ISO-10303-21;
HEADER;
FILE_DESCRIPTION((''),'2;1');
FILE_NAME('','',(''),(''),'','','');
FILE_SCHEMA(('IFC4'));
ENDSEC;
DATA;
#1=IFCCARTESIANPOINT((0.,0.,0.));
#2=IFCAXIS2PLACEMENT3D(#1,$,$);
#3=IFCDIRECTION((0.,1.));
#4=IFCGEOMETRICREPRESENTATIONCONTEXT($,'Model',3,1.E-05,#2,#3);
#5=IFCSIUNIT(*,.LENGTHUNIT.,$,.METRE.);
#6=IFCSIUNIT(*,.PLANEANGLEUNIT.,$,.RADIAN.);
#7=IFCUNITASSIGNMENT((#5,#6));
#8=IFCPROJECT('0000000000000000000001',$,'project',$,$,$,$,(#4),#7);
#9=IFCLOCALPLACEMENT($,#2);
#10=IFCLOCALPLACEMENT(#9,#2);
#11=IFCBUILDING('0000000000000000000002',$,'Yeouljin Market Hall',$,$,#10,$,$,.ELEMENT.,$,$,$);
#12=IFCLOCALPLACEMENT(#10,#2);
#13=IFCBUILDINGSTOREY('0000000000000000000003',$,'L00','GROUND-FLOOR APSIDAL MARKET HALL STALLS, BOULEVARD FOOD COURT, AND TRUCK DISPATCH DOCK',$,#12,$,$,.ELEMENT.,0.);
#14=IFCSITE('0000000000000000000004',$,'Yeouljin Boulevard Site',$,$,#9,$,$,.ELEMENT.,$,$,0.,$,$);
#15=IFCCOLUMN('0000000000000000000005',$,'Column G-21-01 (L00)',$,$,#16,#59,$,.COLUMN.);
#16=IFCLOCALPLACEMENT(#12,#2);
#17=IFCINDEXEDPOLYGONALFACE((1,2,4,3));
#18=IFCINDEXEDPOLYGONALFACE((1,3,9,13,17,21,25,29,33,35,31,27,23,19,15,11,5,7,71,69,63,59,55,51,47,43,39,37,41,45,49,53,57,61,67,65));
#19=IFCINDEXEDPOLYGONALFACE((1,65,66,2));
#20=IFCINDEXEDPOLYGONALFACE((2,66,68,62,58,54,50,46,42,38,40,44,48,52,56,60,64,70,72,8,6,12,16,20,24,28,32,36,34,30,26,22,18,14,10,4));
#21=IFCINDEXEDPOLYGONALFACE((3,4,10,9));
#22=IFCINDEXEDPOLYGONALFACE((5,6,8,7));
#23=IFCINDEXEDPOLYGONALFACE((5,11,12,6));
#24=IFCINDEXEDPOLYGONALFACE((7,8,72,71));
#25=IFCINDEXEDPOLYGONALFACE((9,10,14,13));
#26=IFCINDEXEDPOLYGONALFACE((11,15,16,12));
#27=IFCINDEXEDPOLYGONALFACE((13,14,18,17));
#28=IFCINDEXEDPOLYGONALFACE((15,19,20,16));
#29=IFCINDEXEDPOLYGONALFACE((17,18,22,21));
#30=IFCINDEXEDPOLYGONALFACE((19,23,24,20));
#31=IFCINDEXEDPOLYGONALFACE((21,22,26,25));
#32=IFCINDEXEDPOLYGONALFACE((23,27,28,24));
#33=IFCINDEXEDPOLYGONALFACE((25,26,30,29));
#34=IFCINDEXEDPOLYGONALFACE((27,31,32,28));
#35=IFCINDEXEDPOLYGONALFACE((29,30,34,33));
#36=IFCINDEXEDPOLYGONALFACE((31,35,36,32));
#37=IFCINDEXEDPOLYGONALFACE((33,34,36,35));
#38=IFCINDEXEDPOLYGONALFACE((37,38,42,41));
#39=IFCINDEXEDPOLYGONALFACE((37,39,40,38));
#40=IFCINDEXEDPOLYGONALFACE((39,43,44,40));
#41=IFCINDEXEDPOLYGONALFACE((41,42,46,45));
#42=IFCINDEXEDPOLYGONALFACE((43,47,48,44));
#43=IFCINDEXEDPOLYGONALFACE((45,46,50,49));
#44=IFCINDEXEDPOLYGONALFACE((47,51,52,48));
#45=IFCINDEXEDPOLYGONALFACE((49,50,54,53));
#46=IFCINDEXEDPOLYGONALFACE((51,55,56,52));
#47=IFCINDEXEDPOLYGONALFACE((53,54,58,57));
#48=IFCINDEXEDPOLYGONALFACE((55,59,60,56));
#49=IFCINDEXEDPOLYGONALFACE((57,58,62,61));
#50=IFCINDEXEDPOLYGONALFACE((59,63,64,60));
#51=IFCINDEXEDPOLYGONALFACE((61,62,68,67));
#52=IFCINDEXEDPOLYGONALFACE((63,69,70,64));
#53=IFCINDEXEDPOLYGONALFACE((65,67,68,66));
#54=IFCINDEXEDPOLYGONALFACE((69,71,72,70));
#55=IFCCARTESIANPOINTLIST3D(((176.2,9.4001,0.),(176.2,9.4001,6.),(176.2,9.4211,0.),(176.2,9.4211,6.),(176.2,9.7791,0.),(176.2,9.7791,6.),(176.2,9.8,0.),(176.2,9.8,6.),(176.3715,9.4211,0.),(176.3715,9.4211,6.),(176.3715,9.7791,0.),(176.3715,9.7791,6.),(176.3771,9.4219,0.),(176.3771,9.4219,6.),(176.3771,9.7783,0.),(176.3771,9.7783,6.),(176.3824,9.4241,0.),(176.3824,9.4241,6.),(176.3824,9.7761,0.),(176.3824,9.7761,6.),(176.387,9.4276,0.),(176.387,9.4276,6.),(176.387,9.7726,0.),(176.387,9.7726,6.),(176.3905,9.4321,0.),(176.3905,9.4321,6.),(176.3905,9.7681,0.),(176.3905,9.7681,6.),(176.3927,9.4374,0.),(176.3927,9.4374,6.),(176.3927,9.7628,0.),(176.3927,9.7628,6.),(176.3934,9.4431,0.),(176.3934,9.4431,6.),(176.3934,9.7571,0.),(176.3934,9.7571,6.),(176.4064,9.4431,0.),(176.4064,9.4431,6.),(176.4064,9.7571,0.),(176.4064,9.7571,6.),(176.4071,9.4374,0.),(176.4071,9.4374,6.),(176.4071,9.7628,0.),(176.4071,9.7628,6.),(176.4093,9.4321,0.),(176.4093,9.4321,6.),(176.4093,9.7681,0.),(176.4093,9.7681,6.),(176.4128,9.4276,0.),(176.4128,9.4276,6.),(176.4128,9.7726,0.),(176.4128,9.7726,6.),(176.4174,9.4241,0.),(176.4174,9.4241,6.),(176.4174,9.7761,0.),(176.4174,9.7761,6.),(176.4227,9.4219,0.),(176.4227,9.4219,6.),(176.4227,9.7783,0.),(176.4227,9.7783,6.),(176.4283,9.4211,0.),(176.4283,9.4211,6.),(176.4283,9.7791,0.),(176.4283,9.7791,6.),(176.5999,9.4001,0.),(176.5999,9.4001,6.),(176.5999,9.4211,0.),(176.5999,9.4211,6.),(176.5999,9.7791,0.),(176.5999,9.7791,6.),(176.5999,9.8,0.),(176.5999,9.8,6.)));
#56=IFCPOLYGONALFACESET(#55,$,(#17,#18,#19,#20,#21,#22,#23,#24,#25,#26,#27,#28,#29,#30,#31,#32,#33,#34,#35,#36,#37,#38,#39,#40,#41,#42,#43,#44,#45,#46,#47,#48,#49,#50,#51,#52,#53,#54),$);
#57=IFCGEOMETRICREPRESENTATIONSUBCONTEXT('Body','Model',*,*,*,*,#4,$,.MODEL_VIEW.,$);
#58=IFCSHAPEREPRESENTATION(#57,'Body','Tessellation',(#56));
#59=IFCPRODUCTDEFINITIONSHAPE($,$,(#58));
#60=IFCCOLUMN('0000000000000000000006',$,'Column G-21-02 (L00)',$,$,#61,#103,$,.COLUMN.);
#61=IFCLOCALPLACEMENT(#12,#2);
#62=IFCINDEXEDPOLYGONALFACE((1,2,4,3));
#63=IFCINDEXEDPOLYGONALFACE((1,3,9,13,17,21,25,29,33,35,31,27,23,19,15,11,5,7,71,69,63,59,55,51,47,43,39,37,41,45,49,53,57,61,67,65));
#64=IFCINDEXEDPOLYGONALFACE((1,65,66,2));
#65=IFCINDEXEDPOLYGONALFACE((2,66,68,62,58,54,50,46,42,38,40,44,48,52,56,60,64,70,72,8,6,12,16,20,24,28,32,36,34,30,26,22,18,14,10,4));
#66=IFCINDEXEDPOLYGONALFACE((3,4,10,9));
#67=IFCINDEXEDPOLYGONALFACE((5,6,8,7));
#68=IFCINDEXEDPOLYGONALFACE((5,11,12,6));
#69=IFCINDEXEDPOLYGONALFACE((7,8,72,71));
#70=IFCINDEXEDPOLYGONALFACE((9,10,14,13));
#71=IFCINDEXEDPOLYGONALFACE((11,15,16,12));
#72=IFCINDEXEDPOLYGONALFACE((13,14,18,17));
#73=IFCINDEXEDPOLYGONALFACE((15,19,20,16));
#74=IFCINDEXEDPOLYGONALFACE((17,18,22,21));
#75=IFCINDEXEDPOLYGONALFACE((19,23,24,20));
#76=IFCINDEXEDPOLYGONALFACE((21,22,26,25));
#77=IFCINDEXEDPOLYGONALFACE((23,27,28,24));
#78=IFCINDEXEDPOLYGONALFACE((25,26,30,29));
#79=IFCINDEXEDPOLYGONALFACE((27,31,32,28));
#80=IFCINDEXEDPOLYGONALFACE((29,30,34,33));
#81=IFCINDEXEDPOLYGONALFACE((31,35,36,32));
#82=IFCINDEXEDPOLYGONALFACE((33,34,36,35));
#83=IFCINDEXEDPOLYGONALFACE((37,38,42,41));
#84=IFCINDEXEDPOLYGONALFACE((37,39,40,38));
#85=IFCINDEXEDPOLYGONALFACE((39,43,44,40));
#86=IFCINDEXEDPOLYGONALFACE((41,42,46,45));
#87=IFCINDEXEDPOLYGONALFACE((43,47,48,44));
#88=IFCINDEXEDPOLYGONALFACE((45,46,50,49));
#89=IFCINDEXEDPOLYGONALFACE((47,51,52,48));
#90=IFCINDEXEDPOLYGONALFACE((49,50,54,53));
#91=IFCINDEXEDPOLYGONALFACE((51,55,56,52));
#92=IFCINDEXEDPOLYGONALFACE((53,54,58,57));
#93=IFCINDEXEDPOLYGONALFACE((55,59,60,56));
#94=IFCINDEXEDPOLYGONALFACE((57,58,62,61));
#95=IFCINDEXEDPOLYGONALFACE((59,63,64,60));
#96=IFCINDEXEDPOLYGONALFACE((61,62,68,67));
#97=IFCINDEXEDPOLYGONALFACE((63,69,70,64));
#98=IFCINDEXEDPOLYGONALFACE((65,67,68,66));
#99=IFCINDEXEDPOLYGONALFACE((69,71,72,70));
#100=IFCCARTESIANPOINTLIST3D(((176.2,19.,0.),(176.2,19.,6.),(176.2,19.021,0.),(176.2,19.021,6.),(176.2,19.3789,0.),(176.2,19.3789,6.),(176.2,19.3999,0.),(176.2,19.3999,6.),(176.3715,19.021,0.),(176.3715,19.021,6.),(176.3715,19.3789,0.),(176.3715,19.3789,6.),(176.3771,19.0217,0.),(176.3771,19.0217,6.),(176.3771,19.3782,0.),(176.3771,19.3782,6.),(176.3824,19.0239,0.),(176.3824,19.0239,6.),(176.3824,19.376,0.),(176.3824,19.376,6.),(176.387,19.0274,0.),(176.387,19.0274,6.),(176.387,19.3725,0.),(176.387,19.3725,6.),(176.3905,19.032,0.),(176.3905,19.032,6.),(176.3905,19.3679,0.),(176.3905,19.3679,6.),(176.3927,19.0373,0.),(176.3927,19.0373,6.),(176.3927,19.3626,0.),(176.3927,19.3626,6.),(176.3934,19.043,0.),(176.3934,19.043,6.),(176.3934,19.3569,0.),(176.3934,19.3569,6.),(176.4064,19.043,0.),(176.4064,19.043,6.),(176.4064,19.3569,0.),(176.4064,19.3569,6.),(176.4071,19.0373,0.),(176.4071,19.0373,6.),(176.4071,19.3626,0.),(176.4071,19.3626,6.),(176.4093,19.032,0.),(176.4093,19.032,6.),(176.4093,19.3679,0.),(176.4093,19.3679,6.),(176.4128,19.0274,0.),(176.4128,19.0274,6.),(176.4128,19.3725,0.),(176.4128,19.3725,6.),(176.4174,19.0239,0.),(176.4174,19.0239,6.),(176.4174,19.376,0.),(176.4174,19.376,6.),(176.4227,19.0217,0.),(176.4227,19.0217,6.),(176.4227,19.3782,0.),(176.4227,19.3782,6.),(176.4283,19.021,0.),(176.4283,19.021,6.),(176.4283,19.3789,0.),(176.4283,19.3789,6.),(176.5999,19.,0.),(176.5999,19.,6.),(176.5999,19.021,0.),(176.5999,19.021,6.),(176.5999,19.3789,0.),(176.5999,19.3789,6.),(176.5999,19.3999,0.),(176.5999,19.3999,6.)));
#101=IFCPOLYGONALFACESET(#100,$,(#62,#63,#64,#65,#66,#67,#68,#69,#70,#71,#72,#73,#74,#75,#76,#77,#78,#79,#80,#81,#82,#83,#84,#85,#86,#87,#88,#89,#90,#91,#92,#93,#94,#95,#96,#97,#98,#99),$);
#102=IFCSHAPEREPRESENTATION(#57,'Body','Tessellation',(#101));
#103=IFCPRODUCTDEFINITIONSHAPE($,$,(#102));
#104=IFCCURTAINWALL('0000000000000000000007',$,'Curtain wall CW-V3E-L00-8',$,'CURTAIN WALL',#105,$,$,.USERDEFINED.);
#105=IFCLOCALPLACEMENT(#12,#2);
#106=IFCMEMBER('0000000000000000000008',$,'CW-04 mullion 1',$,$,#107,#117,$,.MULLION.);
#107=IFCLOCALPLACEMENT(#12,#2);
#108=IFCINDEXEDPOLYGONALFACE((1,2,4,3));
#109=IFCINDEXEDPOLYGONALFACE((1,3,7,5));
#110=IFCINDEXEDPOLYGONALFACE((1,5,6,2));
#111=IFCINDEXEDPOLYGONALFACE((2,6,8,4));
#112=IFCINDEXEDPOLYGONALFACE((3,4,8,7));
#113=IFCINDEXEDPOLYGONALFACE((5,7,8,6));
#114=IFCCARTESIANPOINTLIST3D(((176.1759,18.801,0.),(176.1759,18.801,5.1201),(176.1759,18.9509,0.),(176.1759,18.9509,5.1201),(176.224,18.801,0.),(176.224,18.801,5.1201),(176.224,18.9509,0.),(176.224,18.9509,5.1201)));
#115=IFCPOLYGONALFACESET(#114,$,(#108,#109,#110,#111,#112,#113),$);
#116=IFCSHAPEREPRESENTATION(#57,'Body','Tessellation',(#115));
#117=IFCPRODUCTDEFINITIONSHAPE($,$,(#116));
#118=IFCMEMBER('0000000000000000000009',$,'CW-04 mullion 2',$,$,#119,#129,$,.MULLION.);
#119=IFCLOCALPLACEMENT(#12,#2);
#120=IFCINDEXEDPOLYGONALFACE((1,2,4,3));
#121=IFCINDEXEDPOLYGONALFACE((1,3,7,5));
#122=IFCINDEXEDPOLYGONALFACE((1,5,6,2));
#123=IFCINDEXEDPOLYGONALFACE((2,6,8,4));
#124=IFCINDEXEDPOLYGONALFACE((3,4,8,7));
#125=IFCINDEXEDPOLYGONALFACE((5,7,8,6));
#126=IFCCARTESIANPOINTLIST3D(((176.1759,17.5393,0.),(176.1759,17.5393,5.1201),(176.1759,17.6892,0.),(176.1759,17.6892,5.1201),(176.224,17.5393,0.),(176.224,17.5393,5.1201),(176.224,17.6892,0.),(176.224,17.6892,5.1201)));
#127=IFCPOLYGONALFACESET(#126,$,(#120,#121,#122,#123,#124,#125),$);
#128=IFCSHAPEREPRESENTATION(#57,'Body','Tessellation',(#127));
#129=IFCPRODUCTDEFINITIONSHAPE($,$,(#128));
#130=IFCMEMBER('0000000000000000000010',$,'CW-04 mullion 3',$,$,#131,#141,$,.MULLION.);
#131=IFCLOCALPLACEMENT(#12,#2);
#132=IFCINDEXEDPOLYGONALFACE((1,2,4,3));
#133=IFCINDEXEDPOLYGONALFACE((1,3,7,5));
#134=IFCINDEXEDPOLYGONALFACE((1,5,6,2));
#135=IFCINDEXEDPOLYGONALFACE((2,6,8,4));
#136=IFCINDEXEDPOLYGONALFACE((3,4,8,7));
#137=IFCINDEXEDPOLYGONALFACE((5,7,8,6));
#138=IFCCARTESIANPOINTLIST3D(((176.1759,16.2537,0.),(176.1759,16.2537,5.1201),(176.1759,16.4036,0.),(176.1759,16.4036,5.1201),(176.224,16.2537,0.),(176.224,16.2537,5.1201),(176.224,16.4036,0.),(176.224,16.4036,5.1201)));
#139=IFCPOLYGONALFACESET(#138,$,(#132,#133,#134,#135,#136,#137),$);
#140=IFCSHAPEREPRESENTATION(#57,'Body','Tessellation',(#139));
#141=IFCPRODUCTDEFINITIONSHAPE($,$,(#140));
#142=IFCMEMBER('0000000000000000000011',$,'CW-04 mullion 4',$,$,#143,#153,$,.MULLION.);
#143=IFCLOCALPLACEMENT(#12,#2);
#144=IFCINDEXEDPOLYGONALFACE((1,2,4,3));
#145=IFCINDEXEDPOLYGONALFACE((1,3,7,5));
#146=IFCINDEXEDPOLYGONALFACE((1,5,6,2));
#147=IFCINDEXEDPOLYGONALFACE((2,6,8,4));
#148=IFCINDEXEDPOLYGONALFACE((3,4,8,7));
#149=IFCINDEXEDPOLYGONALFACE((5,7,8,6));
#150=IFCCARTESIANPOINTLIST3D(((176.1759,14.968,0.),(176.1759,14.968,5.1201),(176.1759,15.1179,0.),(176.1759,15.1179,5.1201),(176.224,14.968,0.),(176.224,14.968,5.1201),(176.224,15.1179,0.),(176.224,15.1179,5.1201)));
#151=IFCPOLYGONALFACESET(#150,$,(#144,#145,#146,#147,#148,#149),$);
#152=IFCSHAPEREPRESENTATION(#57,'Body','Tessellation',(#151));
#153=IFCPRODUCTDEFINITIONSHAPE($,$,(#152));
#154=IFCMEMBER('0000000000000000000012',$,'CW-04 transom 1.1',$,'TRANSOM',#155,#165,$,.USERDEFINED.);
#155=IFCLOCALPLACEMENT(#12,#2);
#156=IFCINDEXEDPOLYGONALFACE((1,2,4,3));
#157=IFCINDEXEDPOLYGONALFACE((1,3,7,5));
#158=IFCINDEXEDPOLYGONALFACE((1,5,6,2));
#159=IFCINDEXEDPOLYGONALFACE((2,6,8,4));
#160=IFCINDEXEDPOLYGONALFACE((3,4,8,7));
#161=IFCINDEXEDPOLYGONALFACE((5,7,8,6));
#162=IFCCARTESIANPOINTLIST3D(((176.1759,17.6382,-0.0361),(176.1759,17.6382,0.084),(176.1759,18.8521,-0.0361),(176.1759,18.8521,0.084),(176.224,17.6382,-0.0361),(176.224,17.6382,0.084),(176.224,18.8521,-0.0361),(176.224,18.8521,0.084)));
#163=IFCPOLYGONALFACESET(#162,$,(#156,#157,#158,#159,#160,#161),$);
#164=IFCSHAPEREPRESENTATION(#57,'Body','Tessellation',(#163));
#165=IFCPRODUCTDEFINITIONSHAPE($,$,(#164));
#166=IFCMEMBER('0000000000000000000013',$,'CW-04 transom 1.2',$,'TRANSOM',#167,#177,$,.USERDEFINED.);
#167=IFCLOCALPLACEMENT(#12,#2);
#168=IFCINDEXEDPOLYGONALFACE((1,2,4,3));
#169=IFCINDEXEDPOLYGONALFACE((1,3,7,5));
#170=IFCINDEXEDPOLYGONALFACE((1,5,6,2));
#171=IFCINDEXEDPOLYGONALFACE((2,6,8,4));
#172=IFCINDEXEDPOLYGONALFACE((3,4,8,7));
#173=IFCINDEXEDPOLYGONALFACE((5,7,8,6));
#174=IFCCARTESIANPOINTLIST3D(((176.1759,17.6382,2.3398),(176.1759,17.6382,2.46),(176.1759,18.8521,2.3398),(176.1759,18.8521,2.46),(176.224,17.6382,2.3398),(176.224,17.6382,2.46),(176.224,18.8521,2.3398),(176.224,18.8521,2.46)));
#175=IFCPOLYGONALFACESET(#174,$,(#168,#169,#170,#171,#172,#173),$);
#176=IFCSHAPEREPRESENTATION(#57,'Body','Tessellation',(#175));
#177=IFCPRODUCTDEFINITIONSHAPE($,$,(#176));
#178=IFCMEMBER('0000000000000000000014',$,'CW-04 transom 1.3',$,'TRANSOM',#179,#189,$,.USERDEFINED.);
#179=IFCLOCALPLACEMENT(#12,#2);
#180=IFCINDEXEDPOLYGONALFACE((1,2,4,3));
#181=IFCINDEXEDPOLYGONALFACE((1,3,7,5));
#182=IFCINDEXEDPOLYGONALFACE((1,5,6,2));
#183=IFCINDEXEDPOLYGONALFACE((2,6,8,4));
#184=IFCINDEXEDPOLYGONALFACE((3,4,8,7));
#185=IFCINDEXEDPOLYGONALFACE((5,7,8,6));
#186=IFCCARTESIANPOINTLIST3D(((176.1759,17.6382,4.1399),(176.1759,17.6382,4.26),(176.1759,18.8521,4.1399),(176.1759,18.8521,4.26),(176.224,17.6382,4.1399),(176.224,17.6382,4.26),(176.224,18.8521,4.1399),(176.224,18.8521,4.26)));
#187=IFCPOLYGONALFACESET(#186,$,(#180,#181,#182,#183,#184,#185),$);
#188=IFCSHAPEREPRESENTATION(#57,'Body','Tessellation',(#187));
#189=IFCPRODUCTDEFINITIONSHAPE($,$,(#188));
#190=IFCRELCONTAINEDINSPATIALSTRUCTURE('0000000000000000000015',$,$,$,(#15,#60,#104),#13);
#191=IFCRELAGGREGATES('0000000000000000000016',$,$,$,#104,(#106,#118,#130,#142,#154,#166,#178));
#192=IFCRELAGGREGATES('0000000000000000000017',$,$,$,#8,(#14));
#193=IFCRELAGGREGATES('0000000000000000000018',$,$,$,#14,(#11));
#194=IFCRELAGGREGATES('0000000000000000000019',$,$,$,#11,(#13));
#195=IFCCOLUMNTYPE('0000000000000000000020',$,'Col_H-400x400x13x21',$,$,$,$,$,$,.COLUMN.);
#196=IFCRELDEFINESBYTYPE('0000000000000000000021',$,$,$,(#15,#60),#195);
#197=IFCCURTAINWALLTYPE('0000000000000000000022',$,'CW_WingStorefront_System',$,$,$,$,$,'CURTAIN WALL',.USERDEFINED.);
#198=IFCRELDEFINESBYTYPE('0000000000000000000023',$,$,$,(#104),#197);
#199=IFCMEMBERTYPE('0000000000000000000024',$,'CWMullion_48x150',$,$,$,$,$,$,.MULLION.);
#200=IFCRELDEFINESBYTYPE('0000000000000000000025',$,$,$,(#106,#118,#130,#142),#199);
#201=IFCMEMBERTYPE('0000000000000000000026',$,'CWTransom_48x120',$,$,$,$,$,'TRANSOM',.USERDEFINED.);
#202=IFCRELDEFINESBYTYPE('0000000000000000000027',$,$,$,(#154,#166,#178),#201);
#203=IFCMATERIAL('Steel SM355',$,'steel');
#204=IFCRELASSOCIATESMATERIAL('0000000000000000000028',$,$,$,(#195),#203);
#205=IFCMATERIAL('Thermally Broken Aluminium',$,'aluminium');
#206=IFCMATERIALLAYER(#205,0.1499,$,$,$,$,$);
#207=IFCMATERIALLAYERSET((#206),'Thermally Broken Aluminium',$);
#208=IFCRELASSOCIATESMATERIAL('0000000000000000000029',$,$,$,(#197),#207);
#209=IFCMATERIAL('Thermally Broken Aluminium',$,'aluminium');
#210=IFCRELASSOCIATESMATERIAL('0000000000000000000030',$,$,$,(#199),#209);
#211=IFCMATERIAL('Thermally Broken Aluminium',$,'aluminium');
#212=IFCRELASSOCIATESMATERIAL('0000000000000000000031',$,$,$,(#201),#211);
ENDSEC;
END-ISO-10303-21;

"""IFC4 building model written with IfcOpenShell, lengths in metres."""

from ifc_helpers import new_model, si_unit, direction, frame, origin, origin_2d, place, context, subcontext, project, spatial, rectangle, i_section, extrude, material, layer, layer_set, material_profile, profile_set, type_object, element, aggregate, save


model = new_model("IFC4")

# Units and contexts
model_context = context("Model", 3, precision=1e-05, world=origin(), true_north=direction((0.0, 1.0)))
body_context = subcontext(model_context, "Body", "Model", "MODEL_VIEW")
ifc_project = project(units=[si_unit("LENGTHUNIT", "METRE"), si_unit("PLANEANGLEUNIT", "RADIAN")], contexts=[model_context])

# Site, building, storey
site_placement = place(None, origin())
site = spatial("IfcSite", under=ifc_project, at=site_placement, Name="Yeouljin Boulevard Site", CompositionType="ELEMENT", RefElevation=0.0)
building_placement = place(site_placement, origin())
building = spatial("IfcBuilding", under=site, at=building_placement, Name="Yeouljin Market Hall", CompositionType="ELEMENT")
storey_placement = place(building_placement, origin())
storey = spatial("IfcBuildingStorey", under=building, at=storey_placement, Name="L00", Description="GROUND-FLOOR APSIDAL MARKET HALL STALLS, BOULEVARD FOOD COURT, AND TRUCK DISPATCH DOCK", CompositionType="ELEMENT", Elevation=0.0)

# Columns
ifc_material_1 = material(Name="Steel SM355", Category="steel")
ifc_material_profile_1 = material_profile(ifc_material_1, i_section(OverallWidth=0.3999, OverallDepth=0.3999, WebThickness=0.0129, FlangeThickness=0.021, FilletRadius=0.022, at=origin_2d()), Name="H-400x400x13x21")
ifc_profile_set_1 = profile_set([ifc_material_profile_1], Name="Steel SM355")
column_type = type_object("IfcColumnType", Name="Col_H-400x400x13x21", PredefinedType="COLUMN", material=ifc_profile_set_1)
for number, where, z_axis, x_axis, name in (
    (1, (176.3999, 9.6001, 0.0), (0.0, 0.0, 1.0), (1.0, 0.0, 0.0), "Column G-21-01 (L00)"),
    (2, (176.3999, 19.2, 0.0), (0.0, 0.0, 1.0), (1.0, 0.0, 0.0), "Column G-21-02 (L00)"),
):
    element("IfcColumn", number, at=place(storey_placement, frame(where, z_axis=z_axis, x_axis=x_axis)), inside=storey, type_object=column_type, Name=name, PredefinedType="COLUMN", context=body_context, shape_type="SweptSolid", body=[
        extrude(i_section(OverallWidth=0.3999, OverallDepth=0.3999, WebThickness=0.0129, FlangeThickness=0.021, FilletRadius=0.022, at=origin_2d()), origin(), (0.0, 0.0, 1.0), 6.0),
    ])

# Curtain wall, members
ifc_material_2 = material(Name="Thermally Broken Aluminium", Category="aluminium")
ifc_layer_1 = layer(ifc_material_2, 0.1499)
ifc_layer_set_1 = layer_set([ifc_layer_1], Name="Thermally Broken Aluminium")
curtain_wall_type = type_object("IfcCurtainWallType", Name="CW_WingStorefront_System", ElementType="CURTAIN WALL", PredefinedType="USERDEFINED", material=ifc_layer_set_1)
curtain_wall_placement = place(storey_placement, origin())
curtain_wall = element("IfcCurtainWall", 3, at=curtain_wall_placement, inside=storey, type_object=curtain_wall_type, Name="Curtain wall CW-V3E-L00-8", ObjectType="CURTAIN WALL", PredefinedType="USERDEFINED")
ifc_material_3 = material(Name="Thermally Broken Aluminium", Category="aluminium")
ifc_material_profile_2 = material_profile(ifc_material_3, rectangle(XDim=0.0481, YDim=0.1499, at=origin_2d()), Name="CW-MULL-48x150")
ifc_profile_set_2 = profile_set([ifc_material_profile_2], Name="Thermally Broken Aluminium")
member_type_1 = type_object("IfcMemberType", Name="CWMullion_48x150", PredefinedType="MULLION", material=ifc_profile_set_2)
member_1_placement = place(storey_placement, frame((176.2, 18.876, 0.0), z_axis=(0.0, 0.0, 1.0), x_axis=(1.0, 0.0, 0.0)))
member_1 = element("IfcMember", 4, at=member_1_placement, type_object=member_type_1, Name="CW-04 mullion 1", PredefinedType="MULLION", context=body_context, shape_type="SweptSolid", body=[
    extrude(rectangle(XDim=0.0481, YDim=0.1499, at=origin_2d()), origin(), (0.0, 0.0, 1.0), 5.1201),
])
member_2_placement = place(storey_placement, frame((176.2, 17.6143, 0.0), z_axis=(0.0, 0.0, 1.0), x_axis=(1.0, 0.0, 0.0)))
member_2 = element("IfcMember", 5, at=member_2_placement, type_object=member_type_1, Name="CW-04 mullion 2", PredefinedType="MULLION", context=body_context, shape_type="SweptSolid", body=[
    extrude(rectangle(XDim=0.0481, YDim=0.1499, at=origin_2d()), origin(), (0.0, 0.0, 1.0), 5.1201),
])
member_3_placement = place(storey_placement, frame((176.2, 16.3286, 0.0), z_axis=(0.0, 0.0, 1.0), x_axis=(1.0, 0.0, 0.0)))
member_3 = element("IfcMember", 6, at=member_3_placement, type_object=member_type_1, Name="CW-04 mullion 3", PredefinedType="MULLION", context=body_context, shape_type="SweptSolid", body=[
    extrude(rectangle(XDim=0.0481, YDim=0.1499, at=origin_2d()), origin(), (0.0, 0.0, 1.0), 5.1201),
])
member_4_placement = place(storey_placement, frame((176.2, 15.043, 0.0), z_axis=(0.0, 0.0, 1.0), x_axis=(1.0, 0.0, 0.0)))
member_4 = element("IfcMember", 7, at=member_4_placement, type_object=member_type_1, Name="CW-04 mullion 4", PredefinedType="MULLION", context=body_context, shape_type="SweptSolid", body=[
    extrude(rectangle(XDim=0.0481, YDim=0.1499, at=origin_2d()), origin(), (0.0, 0.0, 1.0), 5.1201),
])
ifc_material_4 = material(Name="Thermally Broken Aluminium", Category="aluminium")
ifc_material_profile_3 = material_profile(ifc_material_4, rectangle(XDim=0.0481, YDim=0.1201, at=origin_2d()), Name="CW-TRAN-48x120")
ifc_profile_set_3 = profile_set([ifc_material_profile_3], Name="Thermally Broken Aluminium")
member_type_2 = type_object("IfcMemberType", Name="CWTransom_48x120", ElementType="TRANSOM", PredefinedType="USERDEFINED", material=ifc_profile_set_3)
member_5_placement = place(storey_placement, frame((176.2, 18.8521, 0.0239), z_axis=(0.0, -1.0, 0.0), x_axis=(1.0, 0.0, 0.0)))
member_5 = element("IfcMember", 8, at=member_5_placement, type_object=member_type_2, Name="CW-04 transom 1.1", ObjectType="TRANSOM", PredefinedType="USERDEFINED", context=body_context, shape_type="SweptSolid", body=[
    extrude(rectangle(XDim=0.0481, YDim=0.1201, at=origin_2d()), origin(), (0.0, 0.0, 1.0), 1.2139),
])
member_6_placement = place(storey_placement, frame((176.2, 18.8521, 2.3999), z_axis=(0.0, -1.0, 0.0), x_axis=(1.0, 0.0, 0.0)))
member_6 = element("IfcMember", 9, at=member_6_placement, type_object=member_type_2, Name="CW-04 transom 1.2", ObjectType="TRANSOM", PredefinedType="USERDEFINED", context=body_context, shape_type="SweptSolid", body=[
    extrude(rectangle(XDim=0.0481, YDim=0.1201, at=origin_2d()), origin(), (0.0, 0.0, 1.0), 1.2139),
])
member_7_placement = place(storey_placement, frame((176.2, 18.8521, 4.2), z_axis=(0.0, -1.0, 0.0), x_axis=(1.0, 0.0, 0.0)))
member_7 = element("IfcMember", 10, at=member_7_placement, type_object=member_type_2, Name="CW-04 transom 1.3", ObjectType="TRANSOM", PredefinedType="USERDEFINED", context=body_context, shape_type="SweptSolid", body=[
    extrude(rectangle(XDim=0.0481, YDim=0.1201, at=origin_2d()), origin(), (0.0, 0.0, 1.0), 1.2139),
])
aggregate(curtain_wall, [member_1, member_2, member_3, member_4, member_5, member_6, member_7])

save(model, "model.ifc")
